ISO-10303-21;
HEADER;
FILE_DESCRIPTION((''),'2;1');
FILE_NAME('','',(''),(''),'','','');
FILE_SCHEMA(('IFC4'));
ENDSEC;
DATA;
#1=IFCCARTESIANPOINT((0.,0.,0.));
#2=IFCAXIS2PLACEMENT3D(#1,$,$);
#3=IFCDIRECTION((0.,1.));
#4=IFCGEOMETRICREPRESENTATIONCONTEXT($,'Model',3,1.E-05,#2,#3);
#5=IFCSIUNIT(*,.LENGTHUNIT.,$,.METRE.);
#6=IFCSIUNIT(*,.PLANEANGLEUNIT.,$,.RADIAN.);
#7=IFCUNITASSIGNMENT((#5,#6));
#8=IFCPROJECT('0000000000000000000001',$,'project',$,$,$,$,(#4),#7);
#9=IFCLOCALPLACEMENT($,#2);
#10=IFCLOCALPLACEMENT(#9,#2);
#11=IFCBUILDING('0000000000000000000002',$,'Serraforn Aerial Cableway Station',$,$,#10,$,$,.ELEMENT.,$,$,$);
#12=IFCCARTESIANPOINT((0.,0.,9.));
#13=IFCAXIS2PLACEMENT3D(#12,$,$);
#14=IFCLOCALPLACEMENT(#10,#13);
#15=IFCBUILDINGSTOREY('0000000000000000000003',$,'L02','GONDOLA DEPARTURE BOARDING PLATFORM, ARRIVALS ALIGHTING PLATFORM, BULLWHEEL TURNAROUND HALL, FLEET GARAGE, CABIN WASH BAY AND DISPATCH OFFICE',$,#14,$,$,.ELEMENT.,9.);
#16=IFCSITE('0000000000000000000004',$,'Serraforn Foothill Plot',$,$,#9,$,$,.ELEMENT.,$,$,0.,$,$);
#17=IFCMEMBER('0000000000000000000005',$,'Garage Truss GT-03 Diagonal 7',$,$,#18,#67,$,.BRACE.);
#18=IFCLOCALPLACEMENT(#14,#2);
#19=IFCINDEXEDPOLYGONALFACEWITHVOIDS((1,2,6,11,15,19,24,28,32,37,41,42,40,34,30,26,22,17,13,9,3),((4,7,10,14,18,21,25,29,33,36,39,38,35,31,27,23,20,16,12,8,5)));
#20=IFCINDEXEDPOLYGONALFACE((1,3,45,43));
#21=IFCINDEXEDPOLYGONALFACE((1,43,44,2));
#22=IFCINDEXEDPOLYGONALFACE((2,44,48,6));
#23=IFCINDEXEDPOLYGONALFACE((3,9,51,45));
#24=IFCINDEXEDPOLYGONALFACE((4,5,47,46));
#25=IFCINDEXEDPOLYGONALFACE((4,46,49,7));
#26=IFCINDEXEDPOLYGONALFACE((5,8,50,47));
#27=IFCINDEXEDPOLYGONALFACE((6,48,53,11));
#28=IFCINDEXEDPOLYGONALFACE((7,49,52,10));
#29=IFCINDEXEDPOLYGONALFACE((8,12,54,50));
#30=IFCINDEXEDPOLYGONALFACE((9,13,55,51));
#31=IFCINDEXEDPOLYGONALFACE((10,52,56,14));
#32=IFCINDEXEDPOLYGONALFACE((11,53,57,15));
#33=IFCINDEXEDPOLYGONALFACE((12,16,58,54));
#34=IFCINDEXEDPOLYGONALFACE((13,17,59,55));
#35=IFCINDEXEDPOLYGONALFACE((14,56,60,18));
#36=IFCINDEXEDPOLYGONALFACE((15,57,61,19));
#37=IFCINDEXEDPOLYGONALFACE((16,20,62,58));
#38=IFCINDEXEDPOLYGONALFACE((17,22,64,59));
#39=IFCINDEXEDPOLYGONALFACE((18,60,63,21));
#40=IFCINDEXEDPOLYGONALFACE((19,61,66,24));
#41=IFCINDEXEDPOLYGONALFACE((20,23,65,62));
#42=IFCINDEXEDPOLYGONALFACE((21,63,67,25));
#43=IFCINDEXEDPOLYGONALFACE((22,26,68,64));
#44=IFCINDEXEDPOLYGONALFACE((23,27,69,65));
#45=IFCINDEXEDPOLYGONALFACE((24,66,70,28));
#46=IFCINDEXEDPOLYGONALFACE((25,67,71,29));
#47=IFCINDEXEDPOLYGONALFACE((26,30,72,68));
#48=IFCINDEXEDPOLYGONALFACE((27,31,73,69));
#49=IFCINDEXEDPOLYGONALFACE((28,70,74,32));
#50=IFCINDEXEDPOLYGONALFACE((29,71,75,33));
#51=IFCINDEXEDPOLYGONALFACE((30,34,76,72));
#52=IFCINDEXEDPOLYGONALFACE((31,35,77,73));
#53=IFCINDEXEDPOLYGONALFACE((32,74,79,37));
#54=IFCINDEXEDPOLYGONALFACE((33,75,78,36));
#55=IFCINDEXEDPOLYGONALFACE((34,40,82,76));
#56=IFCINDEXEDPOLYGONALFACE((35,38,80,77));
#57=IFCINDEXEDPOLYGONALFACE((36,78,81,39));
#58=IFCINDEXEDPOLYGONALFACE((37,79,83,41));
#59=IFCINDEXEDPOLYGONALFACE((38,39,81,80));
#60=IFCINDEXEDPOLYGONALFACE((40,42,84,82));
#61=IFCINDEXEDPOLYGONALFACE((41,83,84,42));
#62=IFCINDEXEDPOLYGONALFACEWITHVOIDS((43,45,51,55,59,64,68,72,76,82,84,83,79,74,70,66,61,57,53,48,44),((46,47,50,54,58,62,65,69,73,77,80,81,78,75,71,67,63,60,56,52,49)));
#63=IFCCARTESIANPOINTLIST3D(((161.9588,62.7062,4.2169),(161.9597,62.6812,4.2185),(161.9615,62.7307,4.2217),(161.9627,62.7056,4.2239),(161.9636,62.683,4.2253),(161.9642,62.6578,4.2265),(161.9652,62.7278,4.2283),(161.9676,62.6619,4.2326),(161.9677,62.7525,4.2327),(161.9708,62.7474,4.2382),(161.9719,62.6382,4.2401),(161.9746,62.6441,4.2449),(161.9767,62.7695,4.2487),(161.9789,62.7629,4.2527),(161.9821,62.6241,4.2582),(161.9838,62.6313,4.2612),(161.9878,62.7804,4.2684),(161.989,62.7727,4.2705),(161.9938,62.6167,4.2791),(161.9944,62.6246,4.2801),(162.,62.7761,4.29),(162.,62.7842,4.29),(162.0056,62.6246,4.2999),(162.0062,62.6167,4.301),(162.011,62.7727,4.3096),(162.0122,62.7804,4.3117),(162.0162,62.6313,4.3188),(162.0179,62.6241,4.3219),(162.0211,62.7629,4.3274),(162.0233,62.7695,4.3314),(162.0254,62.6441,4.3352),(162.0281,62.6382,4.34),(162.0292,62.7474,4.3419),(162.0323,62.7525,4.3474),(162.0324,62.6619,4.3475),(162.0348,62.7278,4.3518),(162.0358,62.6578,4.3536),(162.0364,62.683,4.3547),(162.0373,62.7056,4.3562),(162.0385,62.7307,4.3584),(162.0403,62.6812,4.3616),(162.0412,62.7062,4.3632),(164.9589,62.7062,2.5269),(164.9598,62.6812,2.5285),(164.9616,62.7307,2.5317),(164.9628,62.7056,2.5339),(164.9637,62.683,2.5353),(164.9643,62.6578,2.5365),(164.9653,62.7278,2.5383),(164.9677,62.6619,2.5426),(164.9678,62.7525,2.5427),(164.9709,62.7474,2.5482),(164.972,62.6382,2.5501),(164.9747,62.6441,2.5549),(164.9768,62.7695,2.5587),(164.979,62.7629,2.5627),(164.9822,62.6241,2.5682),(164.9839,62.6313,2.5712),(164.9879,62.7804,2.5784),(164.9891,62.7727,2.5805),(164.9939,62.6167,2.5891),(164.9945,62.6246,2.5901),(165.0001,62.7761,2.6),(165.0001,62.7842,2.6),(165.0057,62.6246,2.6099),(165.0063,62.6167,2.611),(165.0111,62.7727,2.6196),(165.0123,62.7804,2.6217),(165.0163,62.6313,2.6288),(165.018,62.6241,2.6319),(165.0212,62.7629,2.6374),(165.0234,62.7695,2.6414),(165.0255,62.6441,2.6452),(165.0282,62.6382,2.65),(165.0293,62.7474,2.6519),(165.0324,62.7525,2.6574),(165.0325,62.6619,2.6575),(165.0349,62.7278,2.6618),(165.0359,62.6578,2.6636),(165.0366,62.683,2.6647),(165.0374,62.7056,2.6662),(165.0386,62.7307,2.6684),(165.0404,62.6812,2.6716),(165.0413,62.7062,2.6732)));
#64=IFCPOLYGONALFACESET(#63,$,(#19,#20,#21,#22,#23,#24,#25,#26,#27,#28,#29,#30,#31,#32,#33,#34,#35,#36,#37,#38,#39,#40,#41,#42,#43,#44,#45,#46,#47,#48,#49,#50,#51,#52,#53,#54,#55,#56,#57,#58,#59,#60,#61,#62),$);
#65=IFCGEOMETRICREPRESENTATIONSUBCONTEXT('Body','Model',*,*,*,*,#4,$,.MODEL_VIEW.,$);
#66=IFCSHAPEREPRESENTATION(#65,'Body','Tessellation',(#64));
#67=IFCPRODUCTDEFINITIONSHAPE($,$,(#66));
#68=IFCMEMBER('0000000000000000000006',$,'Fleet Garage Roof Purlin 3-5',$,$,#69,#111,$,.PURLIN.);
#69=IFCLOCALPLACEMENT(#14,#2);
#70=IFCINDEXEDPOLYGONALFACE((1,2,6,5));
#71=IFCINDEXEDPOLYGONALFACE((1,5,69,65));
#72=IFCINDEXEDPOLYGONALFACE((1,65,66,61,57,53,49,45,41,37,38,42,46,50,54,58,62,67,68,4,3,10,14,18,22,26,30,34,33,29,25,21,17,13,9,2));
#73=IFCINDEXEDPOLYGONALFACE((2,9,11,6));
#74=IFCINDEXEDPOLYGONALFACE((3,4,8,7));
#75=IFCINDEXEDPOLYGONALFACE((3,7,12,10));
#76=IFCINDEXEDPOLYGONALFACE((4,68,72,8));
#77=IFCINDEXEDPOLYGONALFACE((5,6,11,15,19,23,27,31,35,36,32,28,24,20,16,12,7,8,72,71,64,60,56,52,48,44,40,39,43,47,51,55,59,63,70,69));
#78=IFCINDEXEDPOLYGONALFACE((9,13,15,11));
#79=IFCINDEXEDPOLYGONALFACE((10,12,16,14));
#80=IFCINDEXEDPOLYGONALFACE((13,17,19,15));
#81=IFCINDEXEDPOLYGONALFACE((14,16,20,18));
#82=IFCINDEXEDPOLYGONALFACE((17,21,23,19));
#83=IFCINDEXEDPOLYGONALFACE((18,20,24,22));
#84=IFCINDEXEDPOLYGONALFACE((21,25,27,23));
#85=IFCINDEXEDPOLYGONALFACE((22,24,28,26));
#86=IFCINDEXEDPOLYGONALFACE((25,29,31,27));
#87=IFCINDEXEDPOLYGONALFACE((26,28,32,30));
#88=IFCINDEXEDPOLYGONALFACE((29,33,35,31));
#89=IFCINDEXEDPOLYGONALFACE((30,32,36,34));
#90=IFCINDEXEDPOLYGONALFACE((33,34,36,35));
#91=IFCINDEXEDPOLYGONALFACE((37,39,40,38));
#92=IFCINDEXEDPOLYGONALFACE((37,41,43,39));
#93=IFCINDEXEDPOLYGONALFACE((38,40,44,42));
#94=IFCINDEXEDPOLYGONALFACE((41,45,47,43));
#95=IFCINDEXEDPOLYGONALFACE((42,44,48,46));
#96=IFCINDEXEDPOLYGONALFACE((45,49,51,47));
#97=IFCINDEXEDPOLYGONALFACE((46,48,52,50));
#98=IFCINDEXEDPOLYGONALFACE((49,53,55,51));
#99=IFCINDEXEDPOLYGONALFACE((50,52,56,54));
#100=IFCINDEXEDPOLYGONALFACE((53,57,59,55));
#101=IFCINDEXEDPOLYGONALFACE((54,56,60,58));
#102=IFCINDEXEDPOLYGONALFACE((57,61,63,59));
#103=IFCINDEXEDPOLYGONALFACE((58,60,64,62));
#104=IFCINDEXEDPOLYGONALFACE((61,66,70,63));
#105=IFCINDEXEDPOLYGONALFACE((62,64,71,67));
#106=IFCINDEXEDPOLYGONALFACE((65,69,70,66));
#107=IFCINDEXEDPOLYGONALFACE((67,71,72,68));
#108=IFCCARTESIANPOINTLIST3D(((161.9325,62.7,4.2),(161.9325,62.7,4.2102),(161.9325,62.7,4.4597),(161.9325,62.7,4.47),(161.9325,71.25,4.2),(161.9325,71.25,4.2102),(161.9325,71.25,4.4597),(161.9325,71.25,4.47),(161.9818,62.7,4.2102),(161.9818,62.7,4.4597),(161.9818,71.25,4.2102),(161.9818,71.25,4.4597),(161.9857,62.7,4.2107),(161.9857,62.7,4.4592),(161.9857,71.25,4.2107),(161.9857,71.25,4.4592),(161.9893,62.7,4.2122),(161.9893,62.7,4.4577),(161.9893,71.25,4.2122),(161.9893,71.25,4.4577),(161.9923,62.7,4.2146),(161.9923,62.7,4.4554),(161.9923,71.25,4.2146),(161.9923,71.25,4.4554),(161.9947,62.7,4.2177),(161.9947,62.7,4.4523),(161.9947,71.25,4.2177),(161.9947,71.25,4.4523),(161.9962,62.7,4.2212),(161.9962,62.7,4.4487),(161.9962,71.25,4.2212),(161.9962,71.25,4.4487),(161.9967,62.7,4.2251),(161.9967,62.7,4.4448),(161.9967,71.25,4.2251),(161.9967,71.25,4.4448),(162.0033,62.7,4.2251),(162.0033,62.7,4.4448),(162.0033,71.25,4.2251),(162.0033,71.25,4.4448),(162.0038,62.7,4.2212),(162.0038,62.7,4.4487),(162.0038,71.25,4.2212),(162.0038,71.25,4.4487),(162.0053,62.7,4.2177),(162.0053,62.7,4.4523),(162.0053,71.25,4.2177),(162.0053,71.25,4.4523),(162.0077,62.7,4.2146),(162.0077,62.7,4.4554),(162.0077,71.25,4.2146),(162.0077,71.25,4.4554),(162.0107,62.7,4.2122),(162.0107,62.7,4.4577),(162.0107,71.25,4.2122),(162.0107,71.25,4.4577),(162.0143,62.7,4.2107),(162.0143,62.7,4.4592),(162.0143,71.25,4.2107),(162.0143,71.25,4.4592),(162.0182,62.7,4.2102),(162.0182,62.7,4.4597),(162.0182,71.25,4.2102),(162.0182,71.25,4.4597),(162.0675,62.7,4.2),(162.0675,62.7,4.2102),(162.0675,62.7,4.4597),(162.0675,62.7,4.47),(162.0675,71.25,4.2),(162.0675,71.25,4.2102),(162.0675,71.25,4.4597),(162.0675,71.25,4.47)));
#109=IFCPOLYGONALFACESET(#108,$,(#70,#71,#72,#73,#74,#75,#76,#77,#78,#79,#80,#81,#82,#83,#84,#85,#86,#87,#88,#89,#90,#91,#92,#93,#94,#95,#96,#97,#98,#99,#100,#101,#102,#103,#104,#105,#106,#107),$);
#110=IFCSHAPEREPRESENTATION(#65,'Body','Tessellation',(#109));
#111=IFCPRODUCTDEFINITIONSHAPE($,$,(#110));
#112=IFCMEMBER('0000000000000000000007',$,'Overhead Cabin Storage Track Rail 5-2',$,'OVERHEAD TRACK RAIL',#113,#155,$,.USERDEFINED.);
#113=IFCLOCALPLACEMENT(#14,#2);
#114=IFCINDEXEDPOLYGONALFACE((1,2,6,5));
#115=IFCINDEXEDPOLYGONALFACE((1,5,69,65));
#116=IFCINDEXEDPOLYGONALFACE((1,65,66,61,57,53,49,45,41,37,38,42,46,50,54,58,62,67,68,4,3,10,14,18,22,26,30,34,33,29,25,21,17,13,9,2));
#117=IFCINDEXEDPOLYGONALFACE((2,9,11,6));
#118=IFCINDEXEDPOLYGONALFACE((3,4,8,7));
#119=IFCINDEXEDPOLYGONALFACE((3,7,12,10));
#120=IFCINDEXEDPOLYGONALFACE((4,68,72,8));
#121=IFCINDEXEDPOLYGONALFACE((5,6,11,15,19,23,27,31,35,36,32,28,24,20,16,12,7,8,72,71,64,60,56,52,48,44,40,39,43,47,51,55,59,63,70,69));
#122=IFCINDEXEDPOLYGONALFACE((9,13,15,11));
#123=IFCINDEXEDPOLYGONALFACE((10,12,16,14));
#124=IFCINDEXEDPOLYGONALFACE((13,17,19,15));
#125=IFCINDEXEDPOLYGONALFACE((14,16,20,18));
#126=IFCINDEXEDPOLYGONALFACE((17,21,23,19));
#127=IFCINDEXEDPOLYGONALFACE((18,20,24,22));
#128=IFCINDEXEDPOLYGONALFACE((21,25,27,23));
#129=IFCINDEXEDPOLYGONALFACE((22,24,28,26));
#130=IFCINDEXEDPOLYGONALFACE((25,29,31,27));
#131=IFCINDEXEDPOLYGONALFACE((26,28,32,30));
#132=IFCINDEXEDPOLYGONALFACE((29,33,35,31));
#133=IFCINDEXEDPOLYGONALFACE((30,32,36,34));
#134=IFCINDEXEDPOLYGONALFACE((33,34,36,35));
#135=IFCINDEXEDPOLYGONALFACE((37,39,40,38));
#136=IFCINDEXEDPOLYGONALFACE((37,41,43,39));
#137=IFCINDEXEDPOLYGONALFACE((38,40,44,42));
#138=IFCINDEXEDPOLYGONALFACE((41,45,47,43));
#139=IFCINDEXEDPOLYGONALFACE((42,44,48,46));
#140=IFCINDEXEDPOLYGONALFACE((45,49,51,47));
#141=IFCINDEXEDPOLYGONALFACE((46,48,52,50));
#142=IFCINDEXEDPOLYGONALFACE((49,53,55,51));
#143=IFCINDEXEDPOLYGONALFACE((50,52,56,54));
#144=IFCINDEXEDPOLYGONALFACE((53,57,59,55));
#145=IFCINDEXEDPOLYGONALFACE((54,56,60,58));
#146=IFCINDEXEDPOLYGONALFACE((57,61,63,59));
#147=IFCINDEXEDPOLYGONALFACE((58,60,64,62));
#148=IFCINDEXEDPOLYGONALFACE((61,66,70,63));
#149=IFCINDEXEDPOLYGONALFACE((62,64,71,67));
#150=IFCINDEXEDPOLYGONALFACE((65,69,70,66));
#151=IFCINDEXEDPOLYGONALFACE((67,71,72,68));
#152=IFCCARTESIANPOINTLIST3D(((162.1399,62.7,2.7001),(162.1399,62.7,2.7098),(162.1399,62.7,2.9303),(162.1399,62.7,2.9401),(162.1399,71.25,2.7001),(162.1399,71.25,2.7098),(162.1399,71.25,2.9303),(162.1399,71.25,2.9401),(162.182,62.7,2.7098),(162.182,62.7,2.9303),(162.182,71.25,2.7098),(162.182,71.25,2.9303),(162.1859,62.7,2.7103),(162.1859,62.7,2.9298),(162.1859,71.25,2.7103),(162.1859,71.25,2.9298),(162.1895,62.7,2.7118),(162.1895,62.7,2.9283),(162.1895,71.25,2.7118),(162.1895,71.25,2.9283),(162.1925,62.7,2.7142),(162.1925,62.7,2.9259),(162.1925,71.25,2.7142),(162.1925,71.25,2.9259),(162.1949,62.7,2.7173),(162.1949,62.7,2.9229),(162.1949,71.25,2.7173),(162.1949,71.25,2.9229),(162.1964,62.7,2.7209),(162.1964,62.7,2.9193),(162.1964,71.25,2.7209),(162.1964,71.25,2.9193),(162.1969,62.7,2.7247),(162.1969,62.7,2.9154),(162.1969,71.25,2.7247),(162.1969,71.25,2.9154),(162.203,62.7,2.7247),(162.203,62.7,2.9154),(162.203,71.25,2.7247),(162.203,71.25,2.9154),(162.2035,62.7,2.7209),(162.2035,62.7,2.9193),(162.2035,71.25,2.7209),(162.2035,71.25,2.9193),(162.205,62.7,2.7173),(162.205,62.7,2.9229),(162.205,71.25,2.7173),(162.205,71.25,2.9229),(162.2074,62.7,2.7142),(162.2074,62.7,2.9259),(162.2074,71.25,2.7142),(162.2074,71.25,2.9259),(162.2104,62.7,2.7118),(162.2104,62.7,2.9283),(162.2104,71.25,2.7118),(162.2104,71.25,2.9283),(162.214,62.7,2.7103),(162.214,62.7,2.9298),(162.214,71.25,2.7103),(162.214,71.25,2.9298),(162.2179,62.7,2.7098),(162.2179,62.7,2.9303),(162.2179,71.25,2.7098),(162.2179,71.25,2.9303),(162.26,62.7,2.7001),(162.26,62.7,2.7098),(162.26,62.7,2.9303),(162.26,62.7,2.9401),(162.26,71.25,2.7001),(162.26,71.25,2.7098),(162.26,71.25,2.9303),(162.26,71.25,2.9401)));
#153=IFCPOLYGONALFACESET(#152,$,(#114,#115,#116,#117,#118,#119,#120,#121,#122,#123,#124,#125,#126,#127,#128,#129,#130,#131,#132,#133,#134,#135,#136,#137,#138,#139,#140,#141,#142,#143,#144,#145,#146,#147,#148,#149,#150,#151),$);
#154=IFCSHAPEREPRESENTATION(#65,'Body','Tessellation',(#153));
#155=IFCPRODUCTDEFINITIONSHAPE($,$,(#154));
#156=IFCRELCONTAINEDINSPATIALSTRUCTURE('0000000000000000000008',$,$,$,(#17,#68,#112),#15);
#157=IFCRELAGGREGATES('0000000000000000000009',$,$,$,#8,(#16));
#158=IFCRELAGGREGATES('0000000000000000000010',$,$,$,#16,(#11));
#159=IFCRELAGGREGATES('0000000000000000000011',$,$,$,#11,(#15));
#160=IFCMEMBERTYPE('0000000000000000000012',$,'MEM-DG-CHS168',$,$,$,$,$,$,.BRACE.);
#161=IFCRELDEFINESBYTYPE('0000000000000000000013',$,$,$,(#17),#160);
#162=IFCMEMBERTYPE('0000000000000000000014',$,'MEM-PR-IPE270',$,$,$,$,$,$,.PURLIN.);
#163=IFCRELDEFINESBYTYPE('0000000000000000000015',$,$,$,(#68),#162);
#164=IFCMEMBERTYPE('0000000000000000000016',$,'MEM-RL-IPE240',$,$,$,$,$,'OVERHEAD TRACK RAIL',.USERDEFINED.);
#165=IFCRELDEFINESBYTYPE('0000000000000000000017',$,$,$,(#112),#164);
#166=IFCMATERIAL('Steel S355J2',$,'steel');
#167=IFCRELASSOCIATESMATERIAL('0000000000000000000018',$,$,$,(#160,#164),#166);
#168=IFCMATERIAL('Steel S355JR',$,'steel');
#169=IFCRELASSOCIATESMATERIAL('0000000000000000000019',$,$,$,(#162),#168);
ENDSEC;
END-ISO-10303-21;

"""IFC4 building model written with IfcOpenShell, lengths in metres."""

from ifc_helpers import new_model, si_unit, direction, frame, origin, origin_2d, place, context, subcontext, project, spatial, hollow_circle, i_section, extrude, material, material_profile, profile_set, type_object, element, save


model = new_model("IFC4")

# Units and contexts
model_context = context("Model", 3, precision=1e-05, world=origin(), true_north=direction((0.0, 1.0)))
body_context = subcontext(model_context, "Body", "Model", "MODEL_VIEW")
ifc_project = project(units=[si_unit("LENGTHUNIT", "METRE"), si_unit("PLANEANGLEUNIT", "RADIAN")], contexts=[model_context])

# Site, building, storey
site_placement = place(None, origin())
site = spatial("IfcSite", under=ifc_project, at=site_placement, Name="Serraforn Foothill Plot", CompositionType="ELEMENT", RefElevation=0.0)
building_placement = place(site_placement, origin())
building = spatial("IfcBuilding", under=site, at=building_placement, Name="Serraforn Aerial Cableway Station", CompositionType="ELEMENT")
storey_placement = place(building_placement, frame((0.0, 0.0, 9.0)))
storey = spatial("IfcBuildingStorey", under=building, at=storey_placement, Name="L02", Description="GONDOLA DEPARTURE BOARDING PLATFORM, ARRIVALS ALIGHTING PLATFORM, BULLWHEEL TURNAROUND HALL, FLEET GARAGE, CABIN WASH BAY AND DISPATCH OFFICE", CompositionType="ELEMENT", Elevation=9.0)

# Members
ifc_material_1 = material(Name="Steel S355J2", Category="steel")
ifc_material_profile_1 = material_profile(ifc_material_1, hollow_circle(Radius=0.0842, WallThickness=0.0081, at=origin_2d()), Name="CHS 168.3x8.0")
ifc_profile_set_1 = profile_set([ifc_material_profile_1], Name="Steel S355J2")
member_type_1 = type_object("IfcMemberType", Name="MEM-DG-CHS168", PredefinedType="BRACE", material=ifc_profile_set_1)
member_1_placement = place(storey_placement, frame((162.0, 62.7, 4.29), z_axis=(0.871272, 0.0, -0.4908), x_axis=(0.0, 1.0, 0.0)))
element("IfcMember", 1, at=member_1_placement, inside=storey, type_object=member_type_1, Name="Garage Truss GT-03 Diagonal 7", PredefinedType="BRACE", context=body_context, shape_type="SweptSolid", body=[
    extrude(hollow_circle(Radius=0.0842, WallThickness=0.0081, at=origin_2d()), origin(), (0.0, 0.0, 1.0), 3.4434),
])
ifc_material_2 = material(Name="Steel S355JR", Category="steel")
ifc_material_profile_2 = material_profile(ifc_material_2, i_section(OverallWidth=0.135, OverallDepth=0.27, WebThickness=0.0066, FlangeThickness=0.0103, FilletRadius=0.0149, at=origin_2d()), Name="IPE 270")
ifc_profile_set_2 = profile_set([ifc_material_profile_2], Name="Steel S355JR")
member_type_2 = type_object("IfcMemberType", Name="MEM-PR-IPE270", PredefinedType="PURLIN", material=ifc_profile_set_2)
member_2_placement = place(storey_placement, frame((162.0, 62.7, 4.335), z_axis=(0.0, 1.0, 0.0), x_axis=(-1.0, 0.0, 0.0)))
element("IfcMember", 2, at=member_2_placement, inside=storey, type_object=member_type_2, Name="Fleet Garage Roof Purlin 3-5", PredefinedType="PURLIN", context=body_context, shape_type="SweptSolid", body=[
    extrude(i_section(OverallWidth=0.135, OverallDepth=0.27, WebThickness=0.0066, FlangeThickness=0.0103, FilletRadius=0.0149, at=origin_2d()), origin(), (0.0, 0.0, 1.0), 8.55),
])
ifc_material_profile_3 = material_profile(ifc_material_1, i_section(OverallWidth=0.1201, OverallDepth=0.24, WebThickness=0.0061, FlangeThickness=0.0098, FilletRadius=0.0149, at=origin_2d()), Name="IPE 240")
ifc_profile_set_3 = profile_set([ifc_material_profile_3], Name="Steel S355J2")
member_type_3 = type_object("IfcMemberType", Name="MEM-RL-IPE240", ElementType="OVERHEAD TRACK RAIL", PredefinedType="USERDEFINED", material=ifc_profile_set_3)
member_3_placement = place(storey_placement, frame((162.2, 62.7, 2.8201), z_axis=(0.0, 1.0, 0.0), x_axis=(-1.0, 0.0, 0.0)))
element("IfcMember", 3, at=member_3_placement, inside=storey, type_object=member_type_3, Name="Overhead Cabin Storage Track Rail 5-2", ObjectType="OVERHEAD TRACK RAIL", PredefinedType="USERDEFINED", context=body_context, shape_type="SweptSolid", body=[
    extrude(i_section(OverallWidth=0.1201, OverallDepth=0.24, WebThickness=0.0061, FlangeThickness=0.0098, FilletRadius=0.0149, at=origin_2d()), origin(), (0.0, 0.0, 1.0), 8.55),
])

save(model, "model.ifc")
